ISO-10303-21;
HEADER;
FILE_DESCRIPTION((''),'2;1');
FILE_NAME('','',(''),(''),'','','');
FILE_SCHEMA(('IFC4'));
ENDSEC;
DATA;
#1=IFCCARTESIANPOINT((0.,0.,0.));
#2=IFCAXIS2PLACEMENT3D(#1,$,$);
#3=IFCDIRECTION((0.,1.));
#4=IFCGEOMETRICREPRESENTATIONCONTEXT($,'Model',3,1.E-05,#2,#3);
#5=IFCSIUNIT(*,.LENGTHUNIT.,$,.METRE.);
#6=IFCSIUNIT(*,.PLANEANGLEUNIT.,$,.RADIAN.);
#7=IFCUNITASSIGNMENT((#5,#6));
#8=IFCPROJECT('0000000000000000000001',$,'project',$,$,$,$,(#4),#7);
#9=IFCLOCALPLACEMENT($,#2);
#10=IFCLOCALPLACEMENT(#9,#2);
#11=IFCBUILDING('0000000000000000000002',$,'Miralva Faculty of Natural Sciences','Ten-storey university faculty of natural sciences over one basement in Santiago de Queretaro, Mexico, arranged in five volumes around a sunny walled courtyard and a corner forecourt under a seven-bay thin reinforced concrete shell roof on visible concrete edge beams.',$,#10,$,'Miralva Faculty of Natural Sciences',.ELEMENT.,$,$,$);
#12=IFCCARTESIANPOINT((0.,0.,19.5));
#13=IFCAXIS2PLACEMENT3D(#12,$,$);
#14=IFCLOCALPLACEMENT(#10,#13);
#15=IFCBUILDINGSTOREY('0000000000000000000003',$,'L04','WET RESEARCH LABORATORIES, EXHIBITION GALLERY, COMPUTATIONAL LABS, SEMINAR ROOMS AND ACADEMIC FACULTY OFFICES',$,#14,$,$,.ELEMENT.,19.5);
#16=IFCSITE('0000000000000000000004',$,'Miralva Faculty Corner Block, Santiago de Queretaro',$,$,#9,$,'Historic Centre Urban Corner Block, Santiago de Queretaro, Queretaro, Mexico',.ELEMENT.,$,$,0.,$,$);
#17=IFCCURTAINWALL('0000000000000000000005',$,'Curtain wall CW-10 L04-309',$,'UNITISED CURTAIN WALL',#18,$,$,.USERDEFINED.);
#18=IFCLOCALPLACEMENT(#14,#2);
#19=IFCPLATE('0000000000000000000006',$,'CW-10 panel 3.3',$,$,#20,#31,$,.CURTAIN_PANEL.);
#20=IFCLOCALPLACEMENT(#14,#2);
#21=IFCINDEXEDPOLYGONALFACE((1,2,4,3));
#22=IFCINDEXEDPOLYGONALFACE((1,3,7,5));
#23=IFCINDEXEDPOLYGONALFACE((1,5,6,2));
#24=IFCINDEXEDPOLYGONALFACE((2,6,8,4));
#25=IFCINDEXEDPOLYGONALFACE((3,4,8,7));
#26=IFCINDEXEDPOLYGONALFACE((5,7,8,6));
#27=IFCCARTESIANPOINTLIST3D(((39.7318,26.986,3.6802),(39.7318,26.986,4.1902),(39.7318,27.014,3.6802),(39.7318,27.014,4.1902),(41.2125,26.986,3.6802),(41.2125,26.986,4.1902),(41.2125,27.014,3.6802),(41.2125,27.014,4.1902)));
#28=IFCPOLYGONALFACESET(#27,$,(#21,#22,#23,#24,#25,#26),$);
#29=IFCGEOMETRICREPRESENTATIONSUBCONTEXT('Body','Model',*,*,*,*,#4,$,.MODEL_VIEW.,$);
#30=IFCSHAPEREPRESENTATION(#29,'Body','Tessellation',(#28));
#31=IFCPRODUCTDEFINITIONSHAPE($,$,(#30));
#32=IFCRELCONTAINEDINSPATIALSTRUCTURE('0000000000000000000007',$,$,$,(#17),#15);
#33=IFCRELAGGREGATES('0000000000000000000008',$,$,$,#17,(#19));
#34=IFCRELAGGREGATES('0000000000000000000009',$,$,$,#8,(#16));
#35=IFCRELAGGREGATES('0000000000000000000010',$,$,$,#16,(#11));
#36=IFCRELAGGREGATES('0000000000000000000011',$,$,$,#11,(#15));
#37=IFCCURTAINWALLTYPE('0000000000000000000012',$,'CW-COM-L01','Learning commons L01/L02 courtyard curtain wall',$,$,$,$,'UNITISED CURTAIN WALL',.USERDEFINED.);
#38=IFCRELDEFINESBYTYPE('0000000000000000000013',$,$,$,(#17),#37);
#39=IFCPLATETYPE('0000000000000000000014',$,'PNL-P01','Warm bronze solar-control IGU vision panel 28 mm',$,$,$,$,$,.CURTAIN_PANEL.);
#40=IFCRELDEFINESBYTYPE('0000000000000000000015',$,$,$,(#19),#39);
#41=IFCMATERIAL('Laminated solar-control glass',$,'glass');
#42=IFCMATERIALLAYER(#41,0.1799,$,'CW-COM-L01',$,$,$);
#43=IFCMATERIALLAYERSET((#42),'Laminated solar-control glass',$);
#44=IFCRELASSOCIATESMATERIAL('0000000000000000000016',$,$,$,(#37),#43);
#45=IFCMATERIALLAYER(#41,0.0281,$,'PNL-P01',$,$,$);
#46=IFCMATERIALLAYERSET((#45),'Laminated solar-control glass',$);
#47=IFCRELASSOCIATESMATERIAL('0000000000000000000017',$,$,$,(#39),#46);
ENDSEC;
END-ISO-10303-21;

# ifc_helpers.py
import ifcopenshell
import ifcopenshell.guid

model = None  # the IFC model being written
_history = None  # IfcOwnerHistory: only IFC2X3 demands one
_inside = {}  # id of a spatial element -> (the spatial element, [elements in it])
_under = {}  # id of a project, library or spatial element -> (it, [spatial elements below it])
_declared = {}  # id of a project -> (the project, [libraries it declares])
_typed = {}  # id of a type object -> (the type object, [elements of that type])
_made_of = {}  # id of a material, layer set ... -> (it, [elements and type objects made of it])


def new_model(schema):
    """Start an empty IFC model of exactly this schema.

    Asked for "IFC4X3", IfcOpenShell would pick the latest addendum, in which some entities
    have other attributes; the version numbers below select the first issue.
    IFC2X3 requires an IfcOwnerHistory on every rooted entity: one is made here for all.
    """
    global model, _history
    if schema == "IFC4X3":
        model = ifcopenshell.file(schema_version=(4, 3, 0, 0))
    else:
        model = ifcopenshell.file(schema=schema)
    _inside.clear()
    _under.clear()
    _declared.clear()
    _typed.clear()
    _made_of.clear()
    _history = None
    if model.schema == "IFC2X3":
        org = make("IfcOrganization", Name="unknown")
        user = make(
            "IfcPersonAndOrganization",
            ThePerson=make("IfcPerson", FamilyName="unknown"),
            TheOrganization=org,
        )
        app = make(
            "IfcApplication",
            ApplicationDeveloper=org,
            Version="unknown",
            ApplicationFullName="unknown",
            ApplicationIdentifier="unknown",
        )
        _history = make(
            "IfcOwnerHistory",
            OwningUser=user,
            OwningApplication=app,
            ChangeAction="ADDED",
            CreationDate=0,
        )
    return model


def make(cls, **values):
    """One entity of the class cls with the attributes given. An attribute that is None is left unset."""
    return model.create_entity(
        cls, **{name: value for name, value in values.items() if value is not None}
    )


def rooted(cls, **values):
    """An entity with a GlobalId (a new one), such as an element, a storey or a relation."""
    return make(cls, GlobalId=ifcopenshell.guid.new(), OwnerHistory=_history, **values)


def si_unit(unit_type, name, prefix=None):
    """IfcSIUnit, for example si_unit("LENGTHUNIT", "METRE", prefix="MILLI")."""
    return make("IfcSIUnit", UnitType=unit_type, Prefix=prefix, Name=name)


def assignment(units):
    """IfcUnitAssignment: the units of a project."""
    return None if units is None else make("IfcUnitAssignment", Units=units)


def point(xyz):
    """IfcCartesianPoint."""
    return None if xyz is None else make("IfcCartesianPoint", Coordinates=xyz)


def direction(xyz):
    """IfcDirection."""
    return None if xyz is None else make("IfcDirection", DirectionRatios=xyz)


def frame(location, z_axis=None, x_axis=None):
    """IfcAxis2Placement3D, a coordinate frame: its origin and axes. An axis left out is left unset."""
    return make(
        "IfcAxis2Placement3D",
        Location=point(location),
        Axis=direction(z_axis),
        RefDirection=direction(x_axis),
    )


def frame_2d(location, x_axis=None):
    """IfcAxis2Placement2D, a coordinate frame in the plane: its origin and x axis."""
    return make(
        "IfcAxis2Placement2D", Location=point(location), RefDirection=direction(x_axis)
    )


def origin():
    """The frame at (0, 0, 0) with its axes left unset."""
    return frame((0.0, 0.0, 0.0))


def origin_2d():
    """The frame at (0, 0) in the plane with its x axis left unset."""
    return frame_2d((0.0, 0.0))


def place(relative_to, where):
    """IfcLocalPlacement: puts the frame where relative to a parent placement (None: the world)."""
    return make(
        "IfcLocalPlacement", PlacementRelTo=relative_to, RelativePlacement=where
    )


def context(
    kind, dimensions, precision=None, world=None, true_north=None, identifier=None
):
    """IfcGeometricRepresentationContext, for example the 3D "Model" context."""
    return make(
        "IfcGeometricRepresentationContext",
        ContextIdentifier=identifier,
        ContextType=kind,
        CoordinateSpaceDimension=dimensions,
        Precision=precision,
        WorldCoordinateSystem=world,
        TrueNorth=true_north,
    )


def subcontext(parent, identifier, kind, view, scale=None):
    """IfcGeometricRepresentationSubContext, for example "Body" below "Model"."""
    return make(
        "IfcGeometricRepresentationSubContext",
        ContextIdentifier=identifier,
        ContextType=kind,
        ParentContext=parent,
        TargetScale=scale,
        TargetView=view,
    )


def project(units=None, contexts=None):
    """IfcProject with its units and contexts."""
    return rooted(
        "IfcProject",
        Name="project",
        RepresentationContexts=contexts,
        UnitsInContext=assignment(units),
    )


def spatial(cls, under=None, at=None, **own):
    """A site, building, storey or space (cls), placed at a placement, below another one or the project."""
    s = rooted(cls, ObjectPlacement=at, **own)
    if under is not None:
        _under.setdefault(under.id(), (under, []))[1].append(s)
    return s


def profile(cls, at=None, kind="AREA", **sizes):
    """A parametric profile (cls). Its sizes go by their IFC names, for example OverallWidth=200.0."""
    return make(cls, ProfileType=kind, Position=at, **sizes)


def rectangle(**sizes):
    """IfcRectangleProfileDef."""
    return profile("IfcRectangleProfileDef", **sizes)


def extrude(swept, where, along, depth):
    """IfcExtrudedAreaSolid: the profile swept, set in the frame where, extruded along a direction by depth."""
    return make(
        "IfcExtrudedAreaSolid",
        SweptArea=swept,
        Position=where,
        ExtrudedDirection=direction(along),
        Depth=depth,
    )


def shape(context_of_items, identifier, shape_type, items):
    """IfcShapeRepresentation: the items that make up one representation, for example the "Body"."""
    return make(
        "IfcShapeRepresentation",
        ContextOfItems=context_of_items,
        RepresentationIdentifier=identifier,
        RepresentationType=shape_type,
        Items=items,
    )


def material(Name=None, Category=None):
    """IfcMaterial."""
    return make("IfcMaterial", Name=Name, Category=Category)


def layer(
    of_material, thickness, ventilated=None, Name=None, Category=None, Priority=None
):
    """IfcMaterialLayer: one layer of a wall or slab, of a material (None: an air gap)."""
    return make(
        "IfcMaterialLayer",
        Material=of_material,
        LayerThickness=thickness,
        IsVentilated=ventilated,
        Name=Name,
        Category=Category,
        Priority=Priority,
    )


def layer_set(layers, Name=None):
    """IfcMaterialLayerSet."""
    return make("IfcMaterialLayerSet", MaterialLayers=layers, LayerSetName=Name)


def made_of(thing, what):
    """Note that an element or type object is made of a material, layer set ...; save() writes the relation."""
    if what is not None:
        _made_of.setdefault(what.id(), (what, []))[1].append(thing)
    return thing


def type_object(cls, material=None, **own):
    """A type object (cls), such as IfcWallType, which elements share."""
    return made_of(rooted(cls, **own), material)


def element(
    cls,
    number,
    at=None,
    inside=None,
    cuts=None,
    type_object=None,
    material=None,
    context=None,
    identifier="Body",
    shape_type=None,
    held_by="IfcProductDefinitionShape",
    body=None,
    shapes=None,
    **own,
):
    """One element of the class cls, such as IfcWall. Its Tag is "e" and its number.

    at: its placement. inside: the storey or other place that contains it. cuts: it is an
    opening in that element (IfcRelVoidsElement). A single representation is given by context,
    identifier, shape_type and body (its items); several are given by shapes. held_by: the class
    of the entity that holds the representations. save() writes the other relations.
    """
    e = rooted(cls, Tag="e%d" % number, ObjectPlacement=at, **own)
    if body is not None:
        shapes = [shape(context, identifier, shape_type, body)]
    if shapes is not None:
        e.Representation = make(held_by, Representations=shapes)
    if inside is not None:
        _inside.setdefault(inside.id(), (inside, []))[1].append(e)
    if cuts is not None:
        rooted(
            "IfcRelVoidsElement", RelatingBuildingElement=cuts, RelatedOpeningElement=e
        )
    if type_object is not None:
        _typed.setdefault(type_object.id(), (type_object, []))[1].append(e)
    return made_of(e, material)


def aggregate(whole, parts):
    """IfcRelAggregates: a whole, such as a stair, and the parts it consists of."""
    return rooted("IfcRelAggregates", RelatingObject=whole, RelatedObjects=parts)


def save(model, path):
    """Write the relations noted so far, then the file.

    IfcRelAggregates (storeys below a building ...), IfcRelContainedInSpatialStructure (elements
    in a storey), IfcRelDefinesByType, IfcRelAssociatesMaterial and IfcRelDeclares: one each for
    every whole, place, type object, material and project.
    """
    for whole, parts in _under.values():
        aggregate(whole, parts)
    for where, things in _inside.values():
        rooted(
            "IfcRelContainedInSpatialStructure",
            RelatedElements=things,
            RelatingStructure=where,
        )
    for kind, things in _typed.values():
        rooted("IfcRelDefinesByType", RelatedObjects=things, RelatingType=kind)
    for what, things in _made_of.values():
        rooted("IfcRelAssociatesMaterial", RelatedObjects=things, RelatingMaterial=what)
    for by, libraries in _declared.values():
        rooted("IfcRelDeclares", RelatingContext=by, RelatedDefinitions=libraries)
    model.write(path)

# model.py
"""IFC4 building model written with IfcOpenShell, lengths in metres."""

from ifc_helpers import new_model, si_unit, direction, frame, origin, origin_2d, place, context, subcontext, project, spatial, rectangle, extrude, material, layer, layer_set, type_object, element, aggregate, save


model = new_model("IFC4")

# Units and contexts
model_context = context("Model", 3, precision=1e-05, world=origin(), true_north=direction((0.0, 1.0)))
body_context = subcontext(model_context, "Body", "Model", "MODEL_VIEW")
ifc_project = project(units=[si_unit("LENGTHUNIT", "METRE"), si_unit("PLANEANGLEUNIT", "RADIAN")], contexts=[model_context])

# Site, building, storey
site_placement = place(None, origin())
site = spatial("IfcSite", under=ifc_project, at=site_placement, Name="Miralva Faculty Corner Block, Santiago de Queretaro", LongName="Historic Centre Urban Corner Block, Santiago de Queretaro, Queretaro, Mexico", CompositionType="ELEMENT", RefElevation=0.0)
building_placement = place(site_placement, origin())
building = spatial("IfcBuilding", under=site, at=building_placement, Name="Miralva Faculty of Natural Sciences", Description="Ten-storey university faculty of natural sciences over one basement in Santiago de Queretaro, Mexico, arranged in five volumes around a sunny walled courtyard and a corner forecourt under a seven-bay thin reinforced concrete shell roof on visible concrete edge beams.", LongName="Miralva Faculty of Natural Sciences", CompositionType="ELEMENT")
storey_placement = place(building_placement, frame((0.0, 0.0, 19.5)))
storey = spatial("IfcBuildingStorey", under=building, at=storey_placement, Name="L04", Description="WET RESEARCH LABORATORIES, EXHIBITION GALLERY, COMPUTATIONAL LABS, SEMINAR ROOMS AND ACADEMIC FACULTY OFFICES", CompositionType="ELEMENT", Elevation=19.5)

# Shared definitions
ifc_material_1 = material(Name="Laminated solar-control glass", Category="glass")
ifc_layer_1 = layer(ifc_material_1, 0.1799, Name="CW-COM-L01")
ifc_layer_set_1 = layer_set([ifc_layer_1], Name="Laminated solar-control glass")
curtain_wall_type = type_object("IfcCurtainWallType", Name="CW-COM-L01", Description="Learning commons L01/L02 courtyard curtain wall", ElementType="UNITISED CURTAIN WALL", PredefinedType="USERDEFINED", material=ifc_layer_set_1)

# Curtain wall
curtain_wall_1_placement = place(storey_placement, origin())
curtain_wall_1 = element("IfcCurtainWall", 1, at=curtain_wall_1_placement, inside=storey, type_object=curtain_wall_type, Name="Curtain wall CW-10 L04-309", ObjectType="UNITISED CURTAIN WALL", PredefinedType="USERDEFINED")

# Plate
ifc_layer_2 = layer(ifc_material_1, 0.0281, Name="PNL-P01")
ifc_layer_set_2 = layer_set([ifc_layer_2], Name="Laminated solar-control glass")
plate_type = type_object("IfcPlateType", Name="PNL-P01", Description="Warm bronze solar-control IGU vision panel 28 mm", PredefinedType="CURTAIN_PANEL", material=ifc_layer_set_2)
plate_1_placement = place(storey_placement, frame((40.4722, 27.0, 3.6802), z_axis=(0.0, 0.0, 1.0), x_axis=(1.0, 0.0, 0.0)))
plate_1 = element("IfcPlate", 2, at=plate_1_placement, type_object=plate_type, Name="CW-10 panel 3.3", PredefinedType="CURTAIN_PANEL", context=body_context, shape_type="SweptSolid", body=[
    extrude(rectangle(XDim=1.4807, YDim=0.0281, at=origin_2d()), origin(), (0.0, 0.0, 1.0), 0.51),
])
aggregate(curtain_wall_1, [plate_1])

save(model, "model.ifc")
